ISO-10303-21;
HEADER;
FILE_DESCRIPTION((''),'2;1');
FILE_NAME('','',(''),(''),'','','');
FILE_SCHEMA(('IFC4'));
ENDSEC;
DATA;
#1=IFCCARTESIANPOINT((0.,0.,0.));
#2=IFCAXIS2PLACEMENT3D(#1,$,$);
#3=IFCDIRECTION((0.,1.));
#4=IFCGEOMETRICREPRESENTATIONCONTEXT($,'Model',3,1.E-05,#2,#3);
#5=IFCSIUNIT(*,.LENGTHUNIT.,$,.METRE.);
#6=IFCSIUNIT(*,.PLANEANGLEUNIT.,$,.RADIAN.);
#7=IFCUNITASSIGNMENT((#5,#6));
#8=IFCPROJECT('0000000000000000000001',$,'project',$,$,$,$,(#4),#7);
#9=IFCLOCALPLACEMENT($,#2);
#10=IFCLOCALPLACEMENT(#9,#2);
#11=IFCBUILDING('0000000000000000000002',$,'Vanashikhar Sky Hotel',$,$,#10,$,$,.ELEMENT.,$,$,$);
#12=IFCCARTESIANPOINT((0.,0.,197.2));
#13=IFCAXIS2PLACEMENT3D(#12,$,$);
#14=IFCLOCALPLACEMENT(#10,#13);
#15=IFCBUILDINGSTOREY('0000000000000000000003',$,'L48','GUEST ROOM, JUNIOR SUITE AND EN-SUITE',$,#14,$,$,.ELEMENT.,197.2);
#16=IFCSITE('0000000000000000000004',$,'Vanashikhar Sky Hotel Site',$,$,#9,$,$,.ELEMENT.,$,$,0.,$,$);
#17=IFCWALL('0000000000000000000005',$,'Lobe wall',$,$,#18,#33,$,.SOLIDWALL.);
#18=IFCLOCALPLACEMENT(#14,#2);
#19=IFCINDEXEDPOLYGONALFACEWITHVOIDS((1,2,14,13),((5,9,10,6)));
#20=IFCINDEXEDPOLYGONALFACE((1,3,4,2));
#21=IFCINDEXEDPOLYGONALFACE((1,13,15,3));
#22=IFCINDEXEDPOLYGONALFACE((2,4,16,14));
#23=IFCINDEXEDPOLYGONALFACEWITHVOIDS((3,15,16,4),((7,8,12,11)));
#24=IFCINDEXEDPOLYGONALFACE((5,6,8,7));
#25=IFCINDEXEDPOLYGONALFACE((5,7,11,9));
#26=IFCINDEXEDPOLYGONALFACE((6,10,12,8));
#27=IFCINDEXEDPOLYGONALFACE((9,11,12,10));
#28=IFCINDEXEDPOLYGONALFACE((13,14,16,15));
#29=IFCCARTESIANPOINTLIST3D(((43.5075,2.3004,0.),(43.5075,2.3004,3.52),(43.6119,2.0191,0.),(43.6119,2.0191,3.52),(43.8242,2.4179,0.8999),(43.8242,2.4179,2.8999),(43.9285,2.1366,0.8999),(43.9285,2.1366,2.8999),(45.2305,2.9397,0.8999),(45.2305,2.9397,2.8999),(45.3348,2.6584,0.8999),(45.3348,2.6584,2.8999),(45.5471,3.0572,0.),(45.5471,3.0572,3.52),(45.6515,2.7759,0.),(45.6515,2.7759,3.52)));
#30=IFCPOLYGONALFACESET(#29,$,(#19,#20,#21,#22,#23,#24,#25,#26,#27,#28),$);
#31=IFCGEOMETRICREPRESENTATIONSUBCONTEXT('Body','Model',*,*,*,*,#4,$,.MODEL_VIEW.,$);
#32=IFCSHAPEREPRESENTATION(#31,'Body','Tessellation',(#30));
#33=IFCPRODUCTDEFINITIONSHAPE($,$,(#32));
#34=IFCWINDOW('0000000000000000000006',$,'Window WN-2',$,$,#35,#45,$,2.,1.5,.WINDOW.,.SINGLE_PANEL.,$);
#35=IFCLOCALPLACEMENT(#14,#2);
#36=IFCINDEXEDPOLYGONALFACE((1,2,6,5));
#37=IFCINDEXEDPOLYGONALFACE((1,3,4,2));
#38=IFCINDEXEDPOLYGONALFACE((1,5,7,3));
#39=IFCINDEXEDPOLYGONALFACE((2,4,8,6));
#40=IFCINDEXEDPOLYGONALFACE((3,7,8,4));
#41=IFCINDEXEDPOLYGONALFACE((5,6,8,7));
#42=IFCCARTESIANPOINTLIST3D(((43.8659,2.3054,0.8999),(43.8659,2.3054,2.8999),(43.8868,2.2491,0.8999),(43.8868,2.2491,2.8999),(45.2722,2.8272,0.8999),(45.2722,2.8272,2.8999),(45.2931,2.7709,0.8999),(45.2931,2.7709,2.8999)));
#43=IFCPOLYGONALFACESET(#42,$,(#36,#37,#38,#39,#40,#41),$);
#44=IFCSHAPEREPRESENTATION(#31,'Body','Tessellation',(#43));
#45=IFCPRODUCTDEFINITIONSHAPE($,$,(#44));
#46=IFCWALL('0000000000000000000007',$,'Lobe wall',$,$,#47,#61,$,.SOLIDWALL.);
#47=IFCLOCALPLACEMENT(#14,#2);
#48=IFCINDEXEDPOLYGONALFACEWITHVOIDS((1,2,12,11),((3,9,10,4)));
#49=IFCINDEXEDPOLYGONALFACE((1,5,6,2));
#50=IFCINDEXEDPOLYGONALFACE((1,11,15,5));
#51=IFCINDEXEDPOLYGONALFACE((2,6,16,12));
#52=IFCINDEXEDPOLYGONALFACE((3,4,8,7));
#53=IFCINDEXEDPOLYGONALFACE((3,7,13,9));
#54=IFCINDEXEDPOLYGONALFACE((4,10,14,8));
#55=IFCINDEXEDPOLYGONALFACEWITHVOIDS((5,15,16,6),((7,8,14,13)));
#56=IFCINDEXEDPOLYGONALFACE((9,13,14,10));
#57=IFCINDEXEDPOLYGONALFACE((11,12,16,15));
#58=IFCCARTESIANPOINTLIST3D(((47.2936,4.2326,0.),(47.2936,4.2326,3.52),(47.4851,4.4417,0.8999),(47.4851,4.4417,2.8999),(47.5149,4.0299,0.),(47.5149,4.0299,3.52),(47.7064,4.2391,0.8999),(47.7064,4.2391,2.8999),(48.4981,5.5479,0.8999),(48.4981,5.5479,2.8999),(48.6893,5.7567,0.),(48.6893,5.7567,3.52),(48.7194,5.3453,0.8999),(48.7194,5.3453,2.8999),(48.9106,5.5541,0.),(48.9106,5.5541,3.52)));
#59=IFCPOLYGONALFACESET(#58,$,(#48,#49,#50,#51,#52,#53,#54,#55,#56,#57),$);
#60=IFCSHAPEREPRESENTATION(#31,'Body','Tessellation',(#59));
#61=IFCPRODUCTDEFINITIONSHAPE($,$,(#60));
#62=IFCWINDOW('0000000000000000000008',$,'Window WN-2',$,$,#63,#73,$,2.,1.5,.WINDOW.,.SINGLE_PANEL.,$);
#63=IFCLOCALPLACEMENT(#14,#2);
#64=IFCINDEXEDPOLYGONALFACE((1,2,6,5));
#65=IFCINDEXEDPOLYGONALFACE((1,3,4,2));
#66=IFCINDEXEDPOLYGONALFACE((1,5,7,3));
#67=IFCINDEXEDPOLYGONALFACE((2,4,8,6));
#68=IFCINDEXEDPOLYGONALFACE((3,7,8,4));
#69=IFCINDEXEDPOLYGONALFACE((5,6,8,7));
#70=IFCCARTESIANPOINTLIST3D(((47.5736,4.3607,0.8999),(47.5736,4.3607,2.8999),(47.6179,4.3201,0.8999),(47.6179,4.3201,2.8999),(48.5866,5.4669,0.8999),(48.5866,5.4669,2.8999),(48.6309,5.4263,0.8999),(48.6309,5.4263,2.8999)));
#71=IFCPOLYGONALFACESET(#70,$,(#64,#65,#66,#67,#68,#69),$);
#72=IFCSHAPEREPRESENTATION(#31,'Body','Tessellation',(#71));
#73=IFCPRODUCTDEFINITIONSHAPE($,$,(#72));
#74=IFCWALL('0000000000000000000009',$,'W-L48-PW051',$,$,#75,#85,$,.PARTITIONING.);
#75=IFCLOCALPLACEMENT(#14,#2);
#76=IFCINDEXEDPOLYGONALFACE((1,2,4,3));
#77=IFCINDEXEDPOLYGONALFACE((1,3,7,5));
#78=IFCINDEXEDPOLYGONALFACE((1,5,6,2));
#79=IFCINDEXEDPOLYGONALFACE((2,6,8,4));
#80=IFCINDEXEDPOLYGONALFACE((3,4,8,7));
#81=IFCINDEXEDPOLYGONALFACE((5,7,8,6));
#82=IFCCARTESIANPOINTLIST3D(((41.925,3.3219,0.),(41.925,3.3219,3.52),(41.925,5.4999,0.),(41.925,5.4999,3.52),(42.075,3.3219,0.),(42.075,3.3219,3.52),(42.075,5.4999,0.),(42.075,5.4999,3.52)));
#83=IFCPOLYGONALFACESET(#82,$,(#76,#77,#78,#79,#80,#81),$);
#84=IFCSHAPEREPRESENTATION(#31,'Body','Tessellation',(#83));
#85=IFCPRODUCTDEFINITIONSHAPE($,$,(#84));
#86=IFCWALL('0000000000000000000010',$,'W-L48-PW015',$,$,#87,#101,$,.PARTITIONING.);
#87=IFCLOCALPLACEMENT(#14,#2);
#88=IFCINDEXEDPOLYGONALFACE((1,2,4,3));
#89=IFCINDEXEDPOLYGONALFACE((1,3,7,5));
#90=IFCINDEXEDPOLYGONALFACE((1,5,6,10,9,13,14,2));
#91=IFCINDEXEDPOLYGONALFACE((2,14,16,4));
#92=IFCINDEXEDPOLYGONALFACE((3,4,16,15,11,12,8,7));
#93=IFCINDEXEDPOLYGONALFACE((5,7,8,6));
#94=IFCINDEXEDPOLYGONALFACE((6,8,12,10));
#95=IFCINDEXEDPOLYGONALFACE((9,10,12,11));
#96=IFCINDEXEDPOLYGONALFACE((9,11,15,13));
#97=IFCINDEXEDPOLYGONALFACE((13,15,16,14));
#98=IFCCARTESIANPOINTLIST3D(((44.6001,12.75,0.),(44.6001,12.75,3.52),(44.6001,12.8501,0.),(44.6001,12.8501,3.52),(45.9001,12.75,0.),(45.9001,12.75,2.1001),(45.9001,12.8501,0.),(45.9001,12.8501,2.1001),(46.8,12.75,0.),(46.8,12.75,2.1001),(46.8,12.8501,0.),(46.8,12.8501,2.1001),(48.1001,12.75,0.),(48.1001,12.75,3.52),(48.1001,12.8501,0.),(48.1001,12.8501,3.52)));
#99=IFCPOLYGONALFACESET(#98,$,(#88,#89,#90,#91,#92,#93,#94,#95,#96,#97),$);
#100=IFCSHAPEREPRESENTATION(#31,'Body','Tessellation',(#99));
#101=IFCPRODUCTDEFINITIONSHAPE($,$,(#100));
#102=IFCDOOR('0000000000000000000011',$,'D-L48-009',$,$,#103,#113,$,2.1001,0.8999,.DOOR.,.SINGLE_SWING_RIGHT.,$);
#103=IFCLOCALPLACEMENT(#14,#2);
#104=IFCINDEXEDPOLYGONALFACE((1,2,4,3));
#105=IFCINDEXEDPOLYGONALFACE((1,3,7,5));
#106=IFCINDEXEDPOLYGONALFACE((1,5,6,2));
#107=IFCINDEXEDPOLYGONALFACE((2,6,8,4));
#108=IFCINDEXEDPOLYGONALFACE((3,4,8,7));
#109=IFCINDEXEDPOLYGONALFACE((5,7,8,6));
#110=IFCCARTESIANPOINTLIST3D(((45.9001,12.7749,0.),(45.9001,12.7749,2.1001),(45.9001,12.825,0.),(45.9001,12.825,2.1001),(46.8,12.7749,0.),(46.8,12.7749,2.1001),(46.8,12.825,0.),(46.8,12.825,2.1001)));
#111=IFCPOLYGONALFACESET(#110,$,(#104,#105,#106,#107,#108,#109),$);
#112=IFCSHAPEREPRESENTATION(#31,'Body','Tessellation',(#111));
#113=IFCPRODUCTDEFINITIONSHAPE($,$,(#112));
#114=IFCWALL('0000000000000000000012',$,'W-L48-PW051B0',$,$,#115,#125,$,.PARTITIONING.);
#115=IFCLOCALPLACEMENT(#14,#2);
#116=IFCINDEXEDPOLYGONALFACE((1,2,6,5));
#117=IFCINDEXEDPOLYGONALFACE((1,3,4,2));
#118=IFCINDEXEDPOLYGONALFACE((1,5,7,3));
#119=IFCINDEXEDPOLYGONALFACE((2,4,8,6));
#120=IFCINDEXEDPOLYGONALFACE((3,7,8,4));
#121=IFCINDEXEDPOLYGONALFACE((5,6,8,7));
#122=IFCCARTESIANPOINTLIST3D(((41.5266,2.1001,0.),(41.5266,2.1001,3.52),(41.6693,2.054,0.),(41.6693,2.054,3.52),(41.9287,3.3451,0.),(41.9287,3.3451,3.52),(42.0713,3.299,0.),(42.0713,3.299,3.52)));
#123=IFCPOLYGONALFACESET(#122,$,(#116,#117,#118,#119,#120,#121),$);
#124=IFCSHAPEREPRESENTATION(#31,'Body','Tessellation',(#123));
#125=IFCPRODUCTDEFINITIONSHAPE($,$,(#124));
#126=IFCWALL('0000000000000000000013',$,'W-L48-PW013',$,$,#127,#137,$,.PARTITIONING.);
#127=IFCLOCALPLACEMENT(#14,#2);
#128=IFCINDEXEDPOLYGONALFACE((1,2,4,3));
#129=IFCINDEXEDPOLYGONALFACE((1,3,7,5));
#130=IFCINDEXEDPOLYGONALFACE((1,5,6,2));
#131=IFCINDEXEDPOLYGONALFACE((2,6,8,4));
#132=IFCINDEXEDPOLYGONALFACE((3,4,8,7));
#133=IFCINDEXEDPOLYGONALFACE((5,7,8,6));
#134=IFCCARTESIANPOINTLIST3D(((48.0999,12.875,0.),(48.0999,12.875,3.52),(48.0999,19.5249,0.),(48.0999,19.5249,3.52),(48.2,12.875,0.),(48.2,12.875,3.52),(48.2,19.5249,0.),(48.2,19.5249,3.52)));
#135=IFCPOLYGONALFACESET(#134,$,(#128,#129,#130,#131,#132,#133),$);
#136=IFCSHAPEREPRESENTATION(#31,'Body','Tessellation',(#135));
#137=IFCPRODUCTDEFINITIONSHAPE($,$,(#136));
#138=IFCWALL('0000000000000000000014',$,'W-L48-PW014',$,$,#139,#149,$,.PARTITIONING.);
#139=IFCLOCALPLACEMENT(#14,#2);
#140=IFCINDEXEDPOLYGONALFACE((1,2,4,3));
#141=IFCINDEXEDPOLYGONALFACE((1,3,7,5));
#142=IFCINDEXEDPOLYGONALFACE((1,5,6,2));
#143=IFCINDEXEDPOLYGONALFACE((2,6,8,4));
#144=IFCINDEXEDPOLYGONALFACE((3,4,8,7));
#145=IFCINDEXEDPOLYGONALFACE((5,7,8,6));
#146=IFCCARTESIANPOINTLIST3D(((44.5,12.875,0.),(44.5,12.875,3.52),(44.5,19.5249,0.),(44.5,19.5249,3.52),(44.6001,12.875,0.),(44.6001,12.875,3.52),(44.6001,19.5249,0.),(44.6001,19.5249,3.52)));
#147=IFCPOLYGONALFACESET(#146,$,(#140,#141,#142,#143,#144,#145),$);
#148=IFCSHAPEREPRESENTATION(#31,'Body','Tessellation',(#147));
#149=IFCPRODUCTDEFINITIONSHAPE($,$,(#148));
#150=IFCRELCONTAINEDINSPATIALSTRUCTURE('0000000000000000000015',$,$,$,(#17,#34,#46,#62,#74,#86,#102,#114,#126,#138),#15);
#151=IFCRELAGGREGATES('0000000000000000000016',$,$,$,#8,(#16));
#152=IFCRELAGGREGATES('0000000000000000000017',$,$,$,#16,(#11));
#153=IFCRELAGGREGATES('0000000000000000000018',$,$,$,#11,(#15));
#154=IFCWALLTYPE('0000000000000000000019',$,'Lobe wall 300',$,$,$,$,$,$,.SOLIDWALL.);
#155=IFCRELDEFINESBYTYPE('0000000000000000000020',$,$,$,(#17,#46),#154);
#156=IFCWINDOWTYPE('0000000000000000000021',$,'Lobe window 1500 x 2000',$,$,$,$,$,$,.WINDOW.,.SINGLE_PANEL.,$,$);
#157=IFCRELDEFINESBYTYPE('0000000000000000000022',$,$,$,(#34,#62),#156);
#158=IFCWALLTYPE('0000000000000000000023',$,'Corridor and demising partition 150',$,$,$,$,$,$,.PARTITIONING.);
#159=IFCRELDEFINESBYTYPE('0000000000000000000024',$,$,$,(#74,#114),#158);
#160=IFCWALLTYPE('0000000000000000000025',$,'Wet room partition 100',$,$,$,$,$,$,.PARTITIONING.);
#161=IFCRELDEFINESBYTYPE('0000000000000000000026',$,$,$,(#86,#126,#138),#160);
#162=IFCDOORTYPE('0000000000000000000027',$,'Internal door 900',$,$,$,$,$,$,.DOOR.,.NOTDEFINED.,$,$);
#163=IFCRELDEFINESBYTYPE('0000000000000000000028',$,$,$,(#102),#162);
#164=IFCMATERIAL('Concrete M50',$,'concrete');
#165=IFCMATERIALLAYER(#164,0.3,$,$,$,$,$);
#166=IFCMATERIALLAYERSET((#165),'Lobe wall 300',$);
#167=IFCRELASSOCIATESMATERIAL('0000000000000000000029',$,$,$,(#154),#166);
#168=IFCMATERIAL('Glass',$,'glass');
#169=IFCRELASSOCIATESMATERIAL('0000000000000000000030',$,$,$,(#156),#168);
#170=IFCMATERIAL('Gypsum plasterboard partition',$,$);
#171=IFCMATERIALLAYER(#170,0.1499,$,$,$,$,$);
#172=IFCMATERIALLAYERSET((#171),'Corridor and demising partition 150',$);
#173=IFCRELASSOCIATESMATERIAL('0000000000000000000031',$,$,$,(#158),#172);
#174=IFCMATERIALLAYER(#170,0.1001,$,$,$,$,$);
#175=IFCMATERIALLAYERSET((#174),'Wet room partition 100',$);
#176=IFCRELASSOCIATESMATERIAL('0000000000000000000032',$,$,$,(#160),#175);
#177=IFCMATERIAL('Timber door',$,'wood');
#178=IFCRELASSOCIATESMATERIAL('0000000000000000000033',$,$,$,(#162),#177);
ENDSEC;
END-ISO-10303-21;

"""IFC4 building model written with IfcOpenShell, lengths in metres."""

from ifc_helpers import new_model, si_unit, direction, frame, frame_2d, origin, place, context, subcontext, project, spatial, rectangle, extrude, source, transform, mapped, material, layer, layer_set, type_object, element, fill, save


model = new_model("IFC4")

# Units and contexts
model_context = context("Model", 3, precision=1e-05, world=origin(), true_north=direction((0.0, 1.0)))
body_context = subcontext(model_context, "Body", "Model", "MODEL_VIEW")
ifc_project = project(units=[si_unit("LENGTHUNIT", "METRE"), si_unit("PLANEANGLEUNIT", "RADIAN")], contexts=[model_context])

# Site, building, storey
site_placement = place(None, origin())
site = spatial("IfcSite", under=ifc_project, at=site_placement, Name="Vanashikhar Sky Hotel Site", CompositionType="ELEMENT", RefElevation=0.0)
building_placement = place(site_placement, origin())
building = spatial("IfcBuilding", under=site, at=building_placement, Name="Vanashikhar Sky Hotel", CompositionType="ELEMENT")
storey_placement = place(building_placement, frame((0.0, 0.0, 197.2)))
storey = spatial("IfcBuildingStorey", under=building, at=storey_placement, Name="L48", Description="GUEST ROOM, JUNIOR SUITE AND EN-SUITE", CompositionType="ELEMENT", Elevation=197.2)

# Shared definitions
ifc_material_1 = material(Name="Concrete M50", Category="concrete")

# Walls, openings, windows
ifc_layer_1 = layer(ifc_material_1, 0.3)
ifc_layer_set_1 = layer_set([ifc_layer_1], Name="Lobe wall 300")
wall_type_1 = type_object("IfcWallType", Name="Lobe wall 300", PredefinedType="SOLIDWALL", material=ifc_layer_set_1)
shared_shape_1 = source(origin(), body_context, "Body", "SweptSolid", [
    extrude(rectangle(XDim=1.5, YDim=2.0, at=frame_2d((0.75, 1.0))), frame((0.0, 0.1602, 0.0), z_axis=(0.0, -1.0, 0.0), x_axis=(1.0, 0.0, 0.0)), (0.0, 0.0, 1.0), 0.3201),
])
ifc_material_2 = material(Name="Glass", Category="glass")
window_type = type_object("IfcWindowType", Name="Lobe window 1500 x 2000", PartitioningType="SINGLE_PANEL", PredefinedType="WINDOW", material=ifc_material_2)
shared_shape_2 = source(origin(), body_context, "Body", "SweptSolid", [
    extrude(rectangle(XDim=1.5, YDim=2.0, at=frame_2d((0.75, 1.0))), frame((0.0, 0.03, 0.0), z_axis=(0.0, -1.0, 0.0), x_axis=(1.0, 0.0, 0.0)), (0.0, 0.0, 1.0), 0.0601),
])
shared_shape_3 = source(origin(), body_context, "Body", "SweptSolid", [
    extrude(rectangle(XDim=2.1755, YDim=0.3, at=frame_2d((1.0879, 0.0))), origin(), (0.0, 0.0, 1.0), 3.52),
])
wall_1_placement = place(storey_placement, frame((43.5596, 2.1597, 0.0), z_axis=(0.0, 0.0, 1.0), x_axis=(0.937532, 0.347899, 0.0)))
wall_1 = element("IfcWall", 1, at=wall_1_placement, inside=storey, type_object=wall_type_1, Name="Lobe wall", PredefinedType="SOLIDWALL", context=body_context, shape_type="MappedRepresentation", body=[
    mapped(shared_shape_3, transform((0.0, 0.0, 0.0), scale=1.0)),
])
opening_1_placement = place(wall_1_placement, frame((0.3379, 0.0, 0.8999)))
opening_1 = element("IfcOpeningElement", 2, at=opening_1_placement, cuts=wall_1, PredefinedType="OPENING", context=body_context, shape_type="MappedRepresentation", body=[
    mapped(shared_shape_1, transform((0.0, 0.0, 0.0), scale=1.0)),
])
window_1_placement = place(opening_1_placement, origin())
window_1 = element("IfcWindow", 3, at=window_1_placement, inside=storey, type_object=window_type, Name="Window WN-2", OverallHeight=2.0, OverallWidth=1.5, PartitioningType="SINGLE_PANEL", PredefinedType="WINDOW", context=body_context, shape_type="MappedRepresentation", body=[
    mapped(shared_shape_2, transform((0.0, 0.0, 0.0), scale=1.0)),
])
fill(opening_1, window_1)
shared_shape_4 = source(origin(), body_context, "Body", "SweptSolid", [
    extrude(rectangle(XDim=2.0667, YDim=0.3, at=frame_2d((1.0332, 0.0))), origin(), (0.0, 0.0, 1.0), 3.52),
])
wall_2_placement = place(storey_placement, frame((47.4043, 4.1313, 0.0), z_axis=(0.0, 0.0, 1.0), x_axis=(0.675355, 0.737492, 0.0)))
wall_2 = element("IfcWall", 4, at=wall_2_placement, inside=storey, type_object=wall_type_1, Name="Lobe wall", PredefinedType="SOLIDWALL", context=body_context, shape_type="MappedRepresentation", body=[
    mapped(shared_shape_4, transform((0.0, 0.0, 0.0), scale=1.0)),
])
opening_2_placement = place(wall_2_placement, frame((0.2834, 0.0, 0.8999)))
opening_2 = element("IfcOpeningElement", 5, at=opening_2_placement, cuts=wall_2, PredefinedType="OPENING", context=body_context, shape_type="MappedRepresentation", body=[
    mapped(shared_shape_1, transform((0.0, 0.0, 0.0), scale=1.0)),
])
window_2_placement = place(opening_2_placement, origin())
window_2 = element("IfcWindow", 6, at=window_2_placement, inside=storey, type_object=window_type, Name="Window WN-2", OverallHeight=2.0, OverallWidth=1.5, PartitioningType="SINGLE_PANEL", PredefinedType="WINDOW", context=body_context, shape_type="MappedRepresentation", body=[
    mapped(shared_shape_2, transform((0.0, 0.0, 0.0), scale=1.0)),
])
fill(opening_2, window_2)

# Wall
ifc_material_3 = material(Name="Gypsum plasterboard partition")
ifc_layer_2 = layer(ifc_material_3, 0.1499)
ifc_layer_set_2 = layer_set([ifc_layer_2], Name="Corridor and demising partition 150")
wall_type_2 = type_object("IfcWallType", Name="Corridor and demising partition 150", PredefinedType="PARTITIONING", material=ifc_layer_set_2)
shared_shape_5 = source(origin(), body_context, "Body", "SweptSolid", [
    extrude(rectangle(XDim=2.178, YDim=0.1499, at=frame_2d((1.0889, 0.0))), origin(), (0.0, 0.0, 1.0), 3.52),
])
wall_3_placement = place(storey_placement, frame((42.0, 3.322, 0.0), z_axis=(0.0, 0.0, 1.0), x_axis=(0.0, 1.0, 0.0)))
element("IfcWall", 7, at=wall_3_placement, inside=storey, type_object=wall_type_2, Name="W-L48-PW051", PredefinedType="PARTITIONING", context=body_context, shape_type="MappedRepresentation", body=[
    mapped(shared_shape_5, transform((0.0, 0.0, 0.0), scale=1.0)),
])

# Wall, opening, door
ifc_layer_3 = layer(ifc_material_3, 0.1001)
ifc_layer_set_3 = layer_set([ifc_layer_3], Name="Wet room partition 100")
wall_type_3 = type_object("IfcWallType", Name="Wet room partition 100", PredefinedType="PARTITIONING", material=ifc_layer_set_3)
shared_shape_6 = source(origin(), body_context, "Body", "SweptSolid", [
    extrude(rectangle(XDim=3.5, YDim=0.1001, at=frame_2d((1.75, 0.0))), origin(), (0.0, 0.0, 1.0), 3.52),
])
wall_4_placement = place(storey_placement, frame((44.6001, 12.8, 0.0), z_axis=(0.0, 0.0, 1.0), x_axis=(1.0, 0.0, 0.0)))
wall_4 = element("IfcWall", 8, at=wall_4_placement, inside=storey, type_object=wall_type_3, Name="W-L48-PW015", PredefinedType="PARTITIONING", context=body_context, shape_type="MappedRepresentation", body=[
    mapped(shared_shape_6, transform((0.0, 0.0, 0.0), scale=1.0)),
])
shared_shape_7 = source(origin(), body_context, "Body", "SweptSolid", [
    extrude(rectangle(XDim=0.8999, YDim=2.1001, at=frame_2d((0.45, 1.05))), frame((0.0, 0.0601, 0.0), z_axis=(0.0, -1.0, 0.0), x_axis=(1.0, 0.0, 0.0)), (0.0, 0.0, 1.0), 0.1201),
])
opening_3_placement = place(wall_4_placement, frame((1.3, 0.0, 0.0)))
opening_3 = element("IfcOpeningElement", 9, at=opening_3_placement, cuts=wall_4, PredefinedType="OPENING", context=body_context, shape_type="MappedRepresentation", body=[
    mapped(shared_shape_7, transform((0.0, 0.0, 0.0), scale=1.0)),
])
ifc_material_4 = material(Name="Timber door", Category="wood")
door_type_1 = type_object("IfcDoorType", Name="Internal door 900", OperationType="NOTDEFINED", PredefinedType="DOOR", material=ifc_material_4)
shared_shape_8 = source(origin(), body_context, "Body", "SweptSolid", [
    extrude(rectangle(XDim=0.8999, YDim=2.1001, at=frame_2d((0.45, 1.05))), frame((0.0, 0.0249, 0.0), z_axis=(0.0, -1.0, 0.0), x_axis=(1.0, 0.0, 0.0)), (0.0, 0.0, 1.0), 0.05),
])
door_1_placement = place(opening_3_placement, origin())
door_1 = element("IfcDoor", 10, at=door_1_placement, inside=storey, type_object=door_type_1, Name="D-L48-009", OperationType="SINGLE_SWING_RIGHT", OverallHeight=2.1001, OverallWidth=0.8999, PredefinedType="DOOR", context=body_context, shape_type="MappedRepresentation", body=[
    mapped(shared_shape_8, transform((0.0, 0.0, 0.0), scale=1.0)),
])
fill(opening_3, door_1)

# Walls
shared_shape_9 = source(origin(), body_context, "Body", "SweptSolid", [
    extrude(rectangle(XDim=1.3083, YDim=0.1499, at=frame_2d((0.6543, 0.0))), origin(), (0.0, 0.0, 1.0), 3.52),
])
wall_5_placement = place(storey_placement, frame((41.5979, 2.0769, 0.0), z_axis=(0.0, 0.0, 1.0), x_axis=(0.307314, 0.951608, 0.0)))
element("IfcWall", 11, at=wall_5_placement, inside=storey, type_object=wall_type_2, Name="W-L48-PW051B0", PredefinedType="PARTITIONING", context=body_context, shape_type="MappedRepresentation", body=[
    mapped(shared_shape_9, transform((0.0, 0.0, 0.0), scale=1.0)),
])
shared_shape_10 = source(origin(), body_context, "Body", "SweptSolid", [
    extrude(rectangle(XDim=6.6499, YDim=0.1001, at=frame_2d((3.325, 0.0))), origin(), (0.0, 0.0, 1.0), 3.52),
])
for number, where, z_axis, x_axis, name in (
    (12, (48.1499, 12.875, 0.0), (0.0, 0.0, 1.0), (0.0, 1.0, 0.0), "W-L48-PW013"),
    (13, (44.55, 12.875, 0.0), (0.0, 0.0, 1.0), (0.0, 1.0, 0.0), "W-L48-PW014"),
):
    element("IfcWall", number, at=place(storey_placement, frame(where, z_axis=z_axis, x_axis=x_axis)), inside=storey, type_object=wall_type_3, Name=name, PredefinedType="PARTITIONING", context=body_context, shape_type="MappedRepresentation", body=[
        mapped(shared_shape_10, transform((0.0, 0.0, 0.0), scale=1.0)),
    ])

save(model, "model.ifc")
